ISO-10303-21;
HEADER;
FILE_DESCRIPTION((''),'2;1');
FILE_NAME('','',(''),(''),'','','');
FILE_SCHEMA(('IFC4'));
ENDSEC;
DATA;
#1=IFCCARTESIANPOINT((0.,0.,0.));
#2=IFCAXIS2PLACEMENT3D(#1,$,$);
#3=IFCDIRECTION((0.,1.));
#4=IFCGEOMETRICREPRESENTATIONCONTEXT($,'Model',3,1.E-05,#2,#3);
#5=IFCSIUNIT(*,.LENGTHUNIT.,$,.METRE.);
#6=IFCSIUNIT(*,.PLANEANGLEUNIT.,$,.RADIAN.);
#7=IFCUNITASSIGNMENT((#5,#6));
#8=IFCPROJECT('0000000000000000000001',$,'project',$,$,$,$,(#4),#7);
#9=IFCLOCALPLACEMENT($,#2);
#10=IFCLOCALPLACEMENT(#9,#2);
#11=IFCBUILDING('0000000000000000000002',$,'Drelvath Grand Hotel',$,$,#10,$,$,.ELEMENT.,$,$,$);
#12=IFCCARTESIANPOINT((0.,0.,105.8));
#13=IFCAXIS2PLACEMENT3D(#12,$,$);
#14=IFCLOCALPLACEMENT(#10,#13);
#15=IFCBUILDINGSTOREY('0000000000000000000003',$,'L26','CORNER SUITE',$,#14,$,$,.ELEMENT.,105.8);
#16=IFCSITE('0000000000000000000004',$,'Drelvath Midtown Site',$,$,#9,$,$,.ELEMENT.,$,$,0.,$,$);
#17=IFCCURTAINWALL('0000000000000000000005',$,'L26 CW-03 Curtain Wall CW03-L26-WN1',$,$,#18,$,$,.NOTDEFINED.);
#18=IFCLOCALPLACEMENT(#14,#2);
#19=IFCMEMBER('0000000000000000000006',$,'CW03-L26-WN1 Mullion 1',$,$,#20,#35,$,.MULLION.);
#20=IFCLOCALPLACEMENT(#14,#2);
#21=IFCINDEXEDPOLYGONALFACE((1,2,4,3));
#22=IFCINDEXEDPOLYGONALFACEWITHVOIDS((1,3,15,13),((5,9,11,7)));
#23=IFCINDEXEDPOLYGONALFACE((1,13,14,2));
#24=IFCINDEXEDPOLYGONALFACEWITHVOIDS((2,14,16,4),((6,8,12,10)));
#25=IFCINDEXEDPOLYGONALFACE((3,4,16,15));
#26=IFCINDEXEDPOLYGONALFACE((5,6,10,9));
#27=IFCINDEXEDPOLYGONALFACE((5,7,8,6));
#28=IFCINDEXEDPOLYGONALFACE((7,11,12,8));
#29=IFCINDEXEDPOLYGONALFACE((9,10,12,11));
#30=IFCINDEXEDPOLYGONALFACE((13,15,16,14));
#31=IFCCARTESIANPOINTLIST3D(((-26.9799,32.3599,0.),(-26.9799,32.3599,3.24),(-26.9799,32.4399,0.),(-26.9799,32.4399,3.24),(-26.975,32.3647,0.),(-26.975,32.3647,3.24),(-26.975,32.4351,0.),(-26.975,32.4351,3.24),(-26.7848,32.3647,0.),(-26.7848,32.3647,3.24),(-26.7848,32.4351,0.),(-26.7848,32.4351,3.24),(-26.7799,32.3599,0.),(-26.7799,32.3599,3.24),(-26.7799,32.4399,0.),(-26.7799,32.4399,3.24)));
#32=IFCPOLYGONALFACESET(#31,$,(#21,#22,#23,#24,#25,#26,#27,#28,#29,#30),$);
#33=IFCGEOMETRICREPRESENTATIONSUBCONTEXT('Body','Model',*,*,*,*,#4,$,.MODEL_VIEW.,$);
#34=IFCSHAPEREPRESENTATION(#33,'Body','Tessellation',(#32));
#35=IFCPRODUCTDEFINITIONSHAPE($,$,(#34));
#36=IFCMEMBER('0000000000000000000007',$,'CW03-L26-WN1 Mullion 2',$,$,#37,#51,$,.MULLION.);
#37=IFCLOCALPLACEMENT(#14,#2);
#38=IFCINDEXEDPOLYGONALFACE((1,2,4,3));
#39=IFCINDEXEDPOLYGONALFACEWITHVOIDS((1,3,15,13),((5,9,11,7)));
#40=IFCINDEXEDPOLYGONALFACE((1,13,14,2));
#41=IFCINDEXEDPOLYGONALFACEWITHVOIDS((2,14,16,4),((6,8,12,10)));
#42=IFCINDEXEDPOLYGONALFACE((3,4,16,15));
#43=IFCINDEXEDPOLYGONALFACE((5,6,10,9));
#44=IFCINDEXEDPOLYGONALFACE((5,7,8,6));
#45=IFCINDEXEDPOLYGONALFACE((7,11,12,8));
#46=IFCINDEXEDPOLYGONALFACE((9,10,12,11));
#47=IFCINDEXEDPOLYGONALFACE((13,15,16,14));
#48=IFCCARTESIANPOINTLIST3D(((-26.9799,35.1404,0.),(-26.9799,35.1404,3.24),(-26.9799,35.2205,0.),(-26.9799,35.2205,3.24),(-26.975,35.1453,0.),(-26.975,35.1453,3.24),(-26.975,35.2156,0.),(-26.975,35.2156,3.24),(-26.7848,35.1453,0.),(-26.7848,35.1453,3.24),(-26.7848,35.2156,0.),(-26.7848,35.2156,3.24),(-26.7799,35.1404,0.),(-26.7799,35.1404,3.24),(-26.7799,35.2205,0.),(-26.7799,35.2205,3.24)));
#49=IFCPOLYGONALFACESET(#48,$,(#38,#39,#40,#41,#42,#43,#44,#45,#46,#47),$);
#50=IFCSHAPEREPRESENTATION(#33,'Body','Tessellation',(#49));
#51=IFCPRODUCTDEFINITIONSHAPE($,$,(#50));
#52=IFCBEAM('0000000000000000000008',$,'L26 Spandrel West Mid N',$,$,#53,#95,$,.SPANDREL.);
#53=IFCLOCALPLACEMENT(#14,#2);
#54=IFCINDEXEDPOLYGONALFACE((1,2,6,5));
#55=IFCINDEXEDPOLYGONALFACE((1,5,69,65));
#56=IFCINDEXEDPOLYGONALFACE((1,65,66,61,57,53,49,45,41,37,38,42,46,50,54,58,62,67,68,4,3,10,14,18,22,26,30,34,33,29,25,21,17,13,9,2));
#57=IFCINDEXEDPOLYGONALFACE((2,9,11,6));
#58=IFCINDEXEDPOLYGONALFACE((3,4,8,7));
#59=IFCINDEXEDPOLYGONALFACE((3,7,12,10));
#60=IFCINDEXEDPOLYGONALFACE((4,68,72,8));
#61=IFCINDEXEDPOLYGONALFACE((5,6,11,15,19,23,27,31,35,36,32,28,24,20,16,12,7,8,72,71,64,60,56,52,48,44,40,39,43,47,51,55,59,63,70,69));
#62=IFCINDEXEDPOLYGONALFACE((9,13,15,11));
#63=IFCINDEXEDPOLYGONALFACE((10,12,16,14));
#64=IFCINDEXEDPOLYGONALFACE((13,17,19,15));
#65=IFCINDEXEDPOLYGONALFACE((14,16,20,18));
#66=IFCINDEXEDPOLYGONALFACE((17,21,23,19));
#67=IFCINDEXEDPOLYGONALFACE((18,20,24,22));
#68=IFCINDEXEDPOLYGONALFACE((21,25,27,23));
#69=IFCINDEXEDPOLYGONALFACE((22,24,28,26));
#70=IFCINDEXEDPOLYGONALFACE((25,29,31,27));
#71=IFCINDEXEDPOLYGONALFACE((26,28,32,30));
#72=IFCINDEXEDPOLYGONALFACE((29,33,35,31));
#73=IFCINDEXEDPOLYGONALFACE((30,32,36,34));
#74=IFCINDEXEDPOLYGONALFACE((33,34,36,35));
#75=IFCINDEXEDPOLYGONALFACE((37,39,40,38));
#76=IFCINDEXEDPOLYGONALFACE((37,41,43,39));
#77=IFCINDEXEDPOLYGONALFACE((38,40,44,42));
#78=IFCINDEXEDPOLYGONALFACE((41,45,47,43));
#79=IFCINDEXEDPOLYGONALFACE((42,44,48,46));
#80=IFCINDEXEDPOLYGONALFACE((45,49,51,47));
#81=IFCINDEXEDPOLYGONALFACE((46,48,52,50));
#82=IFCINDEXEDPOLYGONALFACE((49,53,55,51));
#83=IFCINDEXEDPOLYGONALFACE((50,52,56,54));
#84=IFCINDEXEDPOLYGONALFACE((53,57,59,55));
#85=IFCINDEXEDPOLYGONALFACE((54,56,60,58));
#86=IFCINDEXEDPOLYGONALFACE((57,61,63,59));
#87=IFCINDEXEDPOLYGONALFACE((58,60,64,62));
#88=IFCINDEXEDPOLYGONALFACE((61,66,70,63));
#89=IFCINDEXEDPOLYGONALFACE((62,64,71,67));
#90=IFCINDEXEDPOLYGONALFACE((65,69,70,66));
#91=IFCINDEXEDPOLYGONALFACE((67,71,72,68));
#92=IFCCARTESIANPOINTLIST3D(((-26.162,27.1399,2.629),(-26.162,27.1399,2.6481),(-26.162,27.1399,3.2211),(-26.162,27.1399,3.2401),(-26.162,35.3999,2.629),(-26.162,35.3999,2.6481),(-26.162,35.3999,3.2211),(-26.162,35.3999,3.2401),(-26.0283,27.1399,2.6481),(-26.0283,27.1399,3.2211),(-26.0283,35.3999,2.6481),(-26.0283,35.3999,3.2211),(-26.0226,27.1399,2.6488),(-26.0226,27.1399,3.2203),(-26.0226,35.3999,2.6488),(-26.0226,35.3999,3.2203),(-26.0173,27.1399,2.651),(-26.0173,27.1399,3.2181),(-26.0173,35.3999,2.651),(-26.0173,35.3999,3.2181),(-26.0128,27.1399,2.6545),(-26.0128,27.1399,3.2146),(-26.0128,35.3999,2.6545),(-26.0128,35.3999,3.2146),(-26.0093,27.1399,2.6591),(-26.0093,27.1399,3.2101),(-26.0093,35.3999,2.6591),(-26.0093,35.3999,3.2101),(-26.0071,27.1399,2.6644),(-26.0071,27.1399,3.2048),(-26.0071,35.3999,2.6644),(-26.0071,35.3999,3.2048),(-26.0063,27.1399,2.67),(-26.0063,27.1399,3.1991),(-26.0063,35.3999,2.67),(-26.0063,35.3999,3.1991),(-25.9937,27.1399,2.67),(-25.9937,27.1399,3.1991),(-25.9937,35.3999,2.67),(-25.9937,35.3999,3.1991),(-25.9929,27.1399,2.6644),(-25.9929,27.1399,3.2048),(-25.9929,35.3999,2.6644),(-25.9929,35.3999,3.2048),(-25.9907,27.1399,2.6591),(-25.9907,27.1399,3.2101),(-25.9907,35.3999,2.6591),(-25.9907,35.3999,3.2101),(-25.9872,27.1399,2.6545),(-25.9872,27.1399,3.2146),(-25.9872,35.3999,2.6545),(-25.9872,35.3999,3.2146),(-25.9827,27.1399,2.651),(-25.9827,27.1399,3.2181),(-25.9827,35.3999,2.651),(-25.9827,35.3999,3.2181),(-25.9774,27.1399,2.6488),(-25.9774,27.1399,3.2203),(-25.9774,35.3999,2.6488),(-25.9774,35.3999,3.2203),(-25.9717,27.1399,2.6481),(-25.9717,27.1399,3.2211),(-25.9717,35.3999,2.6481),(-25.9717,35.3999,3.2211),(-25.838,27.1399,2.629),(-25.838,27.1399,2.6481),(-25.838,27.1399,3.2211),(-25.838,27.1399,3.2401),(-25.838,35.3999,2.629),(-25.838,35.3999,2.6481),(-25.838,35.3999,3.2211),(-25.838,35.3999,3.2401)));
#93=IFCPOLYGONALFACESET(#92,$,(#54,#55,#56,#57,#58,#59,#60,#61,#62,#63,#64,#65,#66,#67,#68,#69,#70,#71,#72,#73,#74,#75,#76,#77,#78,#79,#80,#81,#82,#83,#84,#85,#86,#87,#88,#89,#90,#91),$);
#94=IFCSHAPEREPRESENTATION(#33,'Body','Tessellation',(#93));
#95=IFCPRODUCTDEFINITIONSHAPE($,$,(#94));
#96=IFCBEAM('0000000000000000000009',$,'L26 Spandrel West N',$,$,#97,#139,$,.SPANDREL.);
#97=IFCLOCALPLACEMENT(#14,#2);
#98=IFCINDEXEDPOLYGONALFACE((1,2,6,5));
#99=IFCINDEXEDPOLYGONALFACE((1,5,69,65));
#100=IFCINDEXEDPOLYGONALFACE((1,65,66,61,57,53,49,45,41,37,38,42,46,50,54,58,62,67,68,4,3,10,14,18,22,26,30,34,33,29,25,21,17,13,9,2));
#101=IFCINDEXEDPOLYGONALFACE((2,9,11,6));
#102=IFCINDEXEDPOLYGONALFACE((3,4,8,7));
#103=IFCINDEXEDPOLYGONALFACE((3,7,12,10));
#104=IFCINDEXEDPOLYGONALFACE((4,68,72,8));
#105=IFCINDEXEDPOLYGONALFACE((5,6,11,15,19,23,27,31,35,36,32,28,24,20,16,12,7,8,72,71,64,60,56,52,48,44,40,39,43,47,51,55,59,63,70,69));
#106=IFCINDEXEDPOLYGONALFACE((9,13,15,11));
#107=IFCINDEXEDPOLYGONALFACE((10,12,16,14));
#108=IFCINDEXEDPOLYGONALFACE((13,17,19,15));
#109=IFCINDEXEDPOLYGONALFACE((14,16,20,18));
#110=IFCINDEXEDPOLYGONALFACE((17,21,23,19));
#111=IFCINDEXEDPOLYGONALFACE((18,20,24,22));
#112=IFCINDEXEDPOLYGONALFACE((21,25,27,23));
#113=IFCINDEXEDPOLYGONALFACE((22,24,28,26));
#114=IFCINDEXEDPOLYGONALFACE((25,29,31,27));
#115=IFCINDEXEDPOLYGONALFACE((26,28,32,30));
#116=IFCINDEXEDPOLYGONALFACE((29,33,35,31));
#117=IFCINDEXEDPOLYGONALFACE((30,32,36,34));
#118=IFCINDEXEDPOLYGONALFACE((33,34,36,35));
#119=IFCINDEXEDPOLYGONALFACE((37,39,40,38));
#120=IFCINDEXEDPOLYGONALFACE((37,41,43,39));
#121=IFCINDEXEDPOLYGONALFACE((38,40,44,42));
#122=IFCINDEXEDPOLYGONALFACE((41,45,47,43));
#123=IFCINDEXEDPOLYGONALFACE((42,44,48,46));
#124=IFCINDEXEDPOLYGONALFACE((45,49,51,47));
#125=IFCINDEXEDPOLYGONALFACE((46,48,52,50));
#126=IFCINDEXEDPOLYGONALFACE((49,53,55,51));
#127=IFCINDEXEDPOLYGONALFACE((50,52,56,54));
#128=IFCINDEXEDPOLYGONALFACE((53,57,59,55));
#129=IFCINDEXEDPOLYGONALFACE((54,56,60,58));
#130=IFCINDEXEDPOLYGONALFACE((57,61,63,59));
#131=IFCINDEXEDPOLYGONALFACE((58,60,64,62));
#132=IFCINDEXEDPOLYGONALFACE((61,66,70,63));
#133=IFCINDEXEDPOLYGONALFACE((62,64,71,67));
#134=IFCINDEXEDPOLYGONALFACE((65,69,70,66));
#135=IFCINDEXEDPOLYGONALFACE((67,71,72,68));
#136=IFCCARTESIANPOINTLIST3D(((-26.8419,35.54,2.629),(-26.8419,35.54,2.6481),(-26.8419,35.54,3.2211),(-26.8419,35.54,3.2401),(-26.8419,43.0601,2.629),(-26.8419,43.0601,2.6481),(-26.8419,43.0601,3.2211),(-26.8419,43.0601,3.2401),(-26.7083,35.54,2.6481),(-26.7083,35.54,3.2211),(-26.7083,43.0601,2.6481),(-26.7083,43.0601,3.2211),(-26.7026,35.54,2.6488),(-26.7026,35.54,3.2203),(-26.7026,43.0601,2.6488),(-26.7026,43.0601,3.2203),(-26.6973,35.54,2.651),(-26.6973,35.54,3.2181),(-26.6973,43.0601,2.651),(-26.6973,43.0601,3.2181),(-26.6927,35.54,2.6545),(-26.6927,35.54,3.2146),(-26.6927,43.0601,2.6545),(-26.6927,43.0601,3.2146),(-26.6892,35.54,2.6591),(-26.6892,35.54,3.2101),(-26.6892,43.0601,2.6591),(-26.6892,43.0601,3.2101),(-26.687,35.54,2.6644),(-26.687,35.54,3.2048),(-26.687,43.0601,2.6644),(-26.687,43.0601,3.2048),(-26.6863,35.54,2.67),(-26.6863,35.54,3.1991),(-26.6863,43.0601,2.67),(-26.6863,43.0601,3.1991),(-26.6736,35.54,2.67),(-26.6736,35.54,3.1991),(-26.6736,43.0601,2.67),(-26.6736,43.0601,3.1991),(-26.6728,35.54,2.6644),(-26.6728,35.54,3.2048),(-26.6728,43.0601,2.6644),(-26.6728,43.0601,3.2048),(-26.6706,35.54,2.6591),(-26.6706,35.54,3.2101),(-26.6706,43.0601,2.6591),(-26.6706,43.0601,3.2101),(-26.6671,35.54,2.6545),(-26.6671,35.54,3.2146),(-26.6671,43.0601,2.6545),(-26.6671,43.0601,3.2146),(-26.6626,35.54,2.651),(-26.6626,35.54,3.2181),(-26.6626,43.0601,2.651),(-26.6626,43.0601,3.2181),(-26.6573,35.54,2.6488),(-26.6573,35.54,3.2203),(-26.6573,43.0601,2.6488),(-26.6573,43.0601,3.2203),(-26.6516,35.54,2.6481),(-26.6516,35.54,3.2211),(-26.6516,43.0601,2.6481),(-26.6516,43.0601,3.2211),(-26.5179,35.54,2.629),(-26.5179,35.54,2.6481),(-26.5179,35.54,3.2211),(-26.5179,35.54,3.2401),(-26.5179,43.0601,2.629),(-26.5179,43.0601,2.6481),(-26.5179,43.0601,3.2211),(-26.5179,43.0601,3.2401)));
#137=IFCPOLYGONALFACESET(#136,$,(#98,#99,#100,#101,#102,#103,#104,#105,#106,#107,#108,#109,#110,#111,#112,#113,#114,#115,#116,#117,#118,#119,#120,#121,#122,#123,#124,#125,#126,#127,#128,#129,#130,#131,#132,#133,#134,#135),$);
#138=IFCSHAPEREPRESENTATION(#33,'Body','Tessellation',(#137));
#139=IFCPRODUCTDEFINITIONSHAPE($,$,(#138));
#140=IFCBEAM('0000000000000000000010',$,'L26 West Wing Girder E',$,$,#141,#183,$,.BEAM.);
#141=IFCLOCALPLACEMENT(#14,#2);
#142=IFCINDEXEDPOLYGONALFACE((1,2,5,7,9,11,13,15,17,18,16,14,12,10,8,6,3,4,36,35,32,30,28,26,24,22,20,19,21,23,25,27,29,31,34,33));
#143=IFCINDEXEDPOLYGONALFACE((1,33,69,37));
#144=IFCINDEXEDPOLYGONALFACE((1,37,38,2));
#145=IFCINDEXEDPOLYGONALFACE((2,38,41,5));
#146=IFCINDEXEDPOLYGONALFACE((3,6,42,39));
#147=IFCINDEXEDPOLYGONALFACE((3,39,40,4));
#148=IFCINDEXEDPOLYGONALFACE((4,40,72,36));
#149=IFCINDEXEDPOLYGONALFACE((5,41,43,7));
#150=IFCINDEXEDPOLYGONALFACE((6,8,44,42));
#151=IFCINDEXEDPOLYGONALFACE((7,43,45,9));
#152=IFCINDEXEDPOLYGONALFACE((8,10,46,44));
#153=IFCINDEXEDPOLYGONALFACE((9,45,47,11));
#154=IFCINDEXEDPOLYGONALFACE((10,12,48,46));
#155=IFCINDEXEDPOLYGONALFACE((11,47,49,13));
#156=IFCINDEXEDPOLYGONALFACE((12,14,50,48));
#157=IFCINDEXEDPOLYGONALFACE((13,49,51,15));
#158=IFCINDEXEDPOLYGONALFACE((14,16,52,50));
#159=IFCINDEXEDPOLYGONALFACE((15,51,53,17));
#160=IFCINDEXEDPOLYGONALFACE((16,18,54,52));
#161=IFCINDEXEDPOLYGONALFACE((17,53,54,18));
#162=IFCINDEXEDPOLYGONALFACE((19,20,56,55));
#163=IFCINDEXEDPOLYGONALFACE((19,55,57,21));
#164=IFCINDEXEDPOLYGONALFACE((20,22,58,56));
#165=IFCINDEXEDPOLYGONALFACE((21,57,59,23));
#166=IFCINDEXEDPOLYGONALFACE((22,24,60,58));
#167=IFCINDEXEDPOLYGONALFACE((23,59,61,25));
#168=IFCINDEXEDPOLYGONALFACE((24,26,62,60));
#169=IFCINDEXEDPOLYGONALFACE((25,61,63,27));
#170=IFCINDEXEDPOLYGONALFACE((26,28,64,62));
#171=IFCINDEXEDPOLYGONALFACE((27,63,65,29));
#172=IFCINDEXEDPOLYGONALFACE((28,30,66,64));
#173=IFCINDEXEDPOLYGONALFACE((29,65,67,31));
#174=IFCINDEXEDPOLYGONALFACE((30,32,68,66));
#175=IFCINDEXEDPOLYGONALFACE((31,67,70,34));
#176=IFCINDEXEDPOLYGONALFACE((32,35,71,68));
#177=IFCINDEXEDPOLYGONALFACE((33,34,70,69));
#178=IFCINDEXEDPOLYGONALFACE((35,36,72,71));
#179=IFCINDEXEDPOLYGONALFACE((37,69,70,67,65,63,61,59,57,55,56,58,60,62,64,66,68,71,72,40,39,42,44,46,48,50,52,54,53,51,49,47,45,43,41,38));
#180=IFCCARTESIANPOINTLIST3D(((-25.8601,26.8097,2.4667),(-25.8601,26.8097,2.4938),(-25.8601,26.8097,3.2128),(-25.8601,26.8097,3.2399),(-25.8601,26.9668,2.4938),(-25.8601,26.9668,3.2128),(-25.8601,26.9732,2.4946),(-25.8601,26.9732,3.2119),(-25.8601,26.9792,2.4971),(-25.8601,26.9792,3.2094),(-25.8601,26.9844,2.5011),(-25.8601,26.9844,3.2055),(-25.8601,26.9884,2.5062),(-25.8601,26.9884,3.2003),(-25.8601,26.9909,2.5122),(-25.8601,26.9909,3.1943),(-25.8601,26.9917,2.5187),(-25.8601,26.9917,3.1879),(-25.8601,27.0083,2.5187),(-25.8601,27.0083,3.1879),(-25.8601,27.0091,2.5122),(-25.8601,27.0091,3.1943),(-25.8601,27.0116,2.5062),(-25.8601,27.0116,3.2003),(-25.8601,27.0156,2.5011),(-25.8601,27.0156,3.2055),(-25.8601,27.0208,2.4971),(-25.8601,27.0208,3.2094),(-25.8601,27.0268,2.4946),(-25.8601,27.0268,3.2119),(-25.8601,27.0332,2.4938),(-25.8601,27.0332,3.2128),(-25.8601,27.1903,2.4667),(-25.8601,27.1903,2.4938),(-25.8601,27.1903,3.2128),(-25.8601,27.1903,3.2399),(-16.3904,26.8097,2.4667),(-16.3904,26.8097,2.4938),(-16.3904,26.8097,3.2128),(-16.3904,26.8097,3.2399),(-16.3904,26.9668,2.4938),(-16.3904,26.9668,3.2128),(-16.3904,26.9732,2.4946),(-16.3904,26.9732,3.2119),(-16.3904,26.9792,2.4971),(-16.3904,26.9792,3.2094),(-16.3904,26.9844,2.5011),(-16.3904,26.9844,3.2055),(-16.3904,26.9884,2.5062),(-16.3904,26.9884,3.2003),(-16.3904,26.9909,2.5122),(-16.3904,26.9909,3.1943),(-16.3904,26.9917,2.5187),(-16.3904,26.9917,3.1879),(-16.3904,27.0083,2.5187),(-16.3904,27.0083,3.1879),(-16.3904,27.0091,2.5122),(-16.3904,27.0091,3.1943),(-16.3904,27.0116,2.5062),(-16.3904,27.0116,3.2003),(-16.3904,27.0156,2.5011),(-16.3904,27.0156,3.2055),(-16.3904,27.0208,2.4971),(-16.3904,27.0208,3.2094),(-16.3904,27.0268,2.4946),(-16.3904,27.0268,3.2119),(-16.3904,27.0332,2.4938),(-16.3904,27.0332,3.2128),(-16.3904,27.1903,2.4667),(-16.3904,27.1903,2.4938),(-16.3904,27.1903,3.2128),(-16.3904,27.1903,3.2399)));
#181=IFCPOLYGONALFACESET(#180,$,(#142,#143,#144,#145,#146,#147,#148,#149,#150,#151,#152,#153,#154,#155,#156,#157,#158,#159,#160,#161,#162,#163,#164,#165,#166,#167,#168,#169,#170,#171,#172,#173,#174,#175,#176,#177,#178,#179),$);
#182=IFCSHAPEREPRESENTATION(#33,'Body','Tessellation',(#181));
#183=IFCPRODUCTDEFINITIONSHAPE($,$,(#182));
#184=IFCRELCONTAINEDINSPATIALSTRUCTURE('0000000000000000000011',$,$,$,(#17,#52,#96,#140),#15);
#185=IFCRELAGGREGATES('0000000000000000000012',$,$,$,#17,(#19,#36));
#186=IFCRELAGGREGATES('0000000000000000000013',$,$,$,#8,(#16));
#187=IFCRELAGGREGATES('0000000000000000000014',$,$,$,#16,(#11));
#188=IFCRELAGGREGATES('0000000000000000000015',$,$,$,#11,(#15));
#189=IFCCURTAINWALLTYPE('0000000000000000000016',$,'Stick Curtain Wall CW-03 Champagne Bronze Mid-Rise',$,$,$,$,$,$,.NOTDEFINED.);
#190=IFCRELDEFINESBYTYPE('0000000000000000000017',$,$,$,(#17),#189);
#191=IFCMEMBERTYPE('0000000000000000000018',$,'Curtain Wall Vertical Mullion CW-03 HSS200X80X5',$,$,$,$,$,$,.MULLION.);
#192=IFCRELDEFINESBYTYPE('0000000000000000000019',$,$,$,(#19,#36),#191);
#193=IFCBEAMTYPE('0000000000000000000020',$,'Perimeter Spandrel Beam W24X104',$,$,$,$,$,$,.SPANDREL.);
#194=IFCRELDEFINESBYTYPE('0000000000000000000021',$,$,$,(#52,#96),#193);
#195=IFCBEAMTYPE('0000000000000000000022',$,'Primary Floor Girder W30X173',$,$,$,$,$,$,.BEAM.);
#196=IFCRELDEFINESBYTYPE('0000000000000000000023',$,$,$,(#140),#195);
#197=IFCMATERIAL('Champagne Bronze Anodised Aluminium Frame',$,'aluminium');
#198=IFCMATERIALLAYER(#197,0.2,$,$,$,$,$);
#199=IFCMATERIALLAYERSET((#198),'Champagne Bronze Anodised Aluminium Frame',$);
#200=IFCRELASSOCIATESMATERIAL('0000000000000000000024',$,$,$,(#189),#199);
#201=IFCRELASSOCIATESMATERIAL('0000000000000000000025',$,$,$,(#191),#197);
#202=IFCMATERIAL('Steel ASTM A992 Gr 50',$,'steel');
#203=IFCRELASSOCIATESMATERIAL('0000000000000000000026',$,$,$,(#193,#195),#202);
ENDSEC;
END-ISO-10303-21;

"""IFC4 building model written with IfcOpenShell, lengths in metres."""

from ifc_helpers import new_model, si_unit, direction, frame, origin, origin_2d, place, context, subcontext, project, spatial, hollow_rectangle, i_section, extrude, material, layer, layer_set, material_profile, profile_set, type_object, element, aggregate, save


model = new_model("IFC4")

# Units and contexts
model_context = context("Model", 3, precision=1e-05, world=origin(), true_north=direction((0.0, 1.0)))
body_context = subcontext(model_context, "Body", "Model", "MODEL_VIEW")
ifc_project = project(units=[si_unit("LENGTHUNIT", "METRE"), si_unit("PLANEANGLEUNIT", "RADIAN")], contexts=[model_context])

# Site, building, storey
site_placement = place(None, origin())
site = spatial("IfcSite", under=ifc_project, at=site_placement, Name="Drelvath Midtown Site", CompositionType="ELEMENT", RefElevation=0.0)
building_placement = place(site_placement, origin())
building = spatial("IfcBuilding", under=site, at=building_placement, Name="Drelvath Grand Hotel", CompositionType="ELEMENT")
storey_placement = place(building_placement, frame((0.0, 0.0, 105.8)))
storey = spatial("IfcBuildingStorey", under=building, at=storey_placement, Name="L26", Description="CORNER SUITE", CompositionType="ELEMENT", Elevation=105.8)

# Curtain wall
ifc_material_1 = material(Name="Champagne Bronze Anodised Aluminium Frame", Category="aluminium")
ifc_layer_1 = layer(ifc_material_1, 0.2)
ifc_layer_set_1 = layer_set([ifc_layer_1], Name="Champagne Bronze Anodised Aluminium Frame")
curtain_wall_type = type_object("IfcCurtainWallType", Name="Stick Curtain Wall CW-03 Champagne Bronze Mid-Rise", PredefinedType="NOTDEFINED", material=ifc_layer_set_1)
curtain_wall_1_placement = place(storey_placement, origin())
curtain_wall_1 = element("IfcCurtainWall", 1, at=curtain_wall_1_placement, inside=storey, type_object=curtain_wall_type, Name="L26 CW-03 Curtain Wall CW03-L26-WN1", PredefinedType="NOTDEFINED")
ifc_material_profile_1 = material_profile(ifc_material_1, hollow_rectangle(XDim=0.0801, YDim=0.2, WallThickness=0.0049, at=origin_2d()), Name="HSS200X80X5")
ifc_profile_set_1 = profile_set([ifc_material_profile_1], Name="Champagne Bronze Anodised Aluminium Frame")
member_type_1 = type_object("IfcMemberType", Name="Curtain Wall Vertical Mullion CW-03 HSS200X80X5", PredefinedType="MULLION", material=ifc_profile_set_1)

# Members
member_1_placement = place(storey_placement, frame((-26.8799, 32.3999, 0.0), z_axis=(0.0, 0.0, 1.0), x_axis=(0.0, 1.0, 0.0)))
member_1 = element("IfcMember", 2, at=member_1_placement, type_object=member_type_1, Name="CW03-L26-WN1 Mullion 1", PredefinedType="MULLION", context=body_context, shape_type="SweptSolid", body=[
    extrude(hollow_rectangle(XDim=0.0801, YDim=0.2, WallThickness=0.0049, at=origin_2d()), origin(), (0.0, 0.0, 1.0), 3.24),
])
member_2_placement = place(storey_placement, frame((-26.8799, 35.1804, 0.0), z_axis=(0.0, 0.0, 1.0), x_axis=(0.0, 1.0, 0.0)))
member_2 = element("IfcMember", 3, at=member_2_placement, type_object=member_type_1, Name="CW03-L26-WN1 Mullion 2", PredefinedType="MULLION", context=body_context, shape_type="SweptSolid", body=[
    extrude(hollow_rectangle(XDim=0.0801, YDim=0.2, WallThickness=0.0049, at=origin_2d()), origin(), (0.0, 0.0, 1.0), 3.24),
])

# Beams
ifc_material_2 = material(Name="Steel ASTM A992 Gr 50", Category="steel")
ifc_material_profile_2 = material_profile(ifc_material_2, i_section(OverallWidth=0.324, OverallDepth=0.6111, WebThickness=0.0127, FlangeThickness=0.019, FilletRadius=0.022, at=origin_2d()), Name="W24X104")
ifc_profile_set_2 = profile_set([ifc_material_profile_2], Name="Steel ASTM A992 Gr 50")
beam_type_1 = type_object("IfcBeamType", Name="Perimeter Spandrel Beam W24X104", PredefinedType="SPANDREL", material=ifc_profile_set_2)
beam_1_placement = place(storey_placement, frame((-26.0, 27.1399, 2.9346), z_axis=(0.0, 1.0, 0.0), x_axis=(-1.0, 0.0, 0.0)))
element("IfcBeam", 4, at=beam_1_placement, inside=storey, type_object=beam_type_1, Name="L26 Spandrel West Mid N", PredefinedType="SPANDREL", context=body_context, shape_type="SweptSolid", body=[
    extrude(i_section(OverallWidth=0.324, OverallDepth=0.6111, WebThickness=0.0127, FlangeThickness=0.019, FilletRadius=0.022, at=origin_2d()), origin(), (0.0, 0.0, 1.0), 8.26),
])
beam_2_placement = place(storey_placement, frame((-26.6799, 35.54, 2.9346), z_axis=(0.0, 1.0, 0.0), x_axis=(-1.0, 0.0, 0.0)))
element("IfcBeam", 5, at=beam_2_placement, inside=storey, type_object=beam_type_1, Name="L26 Spandrel West N", PredefinedType="SPANDREL", context=body_context, shape_type="SweptSolid", body=[
    extrude(i_section(OverallWidth=0.324, OverallDepth=0.6111, WebThickness=0.0127, FlangeThickness=0.019, FilletRadius=0.022, at=origin_2d()), origin(), (0.0, 0.0, 1.0), 7.52),
])
ifc_material_profile_3 = material_profile(ifc_material_2, i_section(OverallWidth=0.3806, OverallDepth=0.7732, WebThickness=0.0166, FlangeThickness=0.0271, FilletRadius=0.0249, at=origin_2d()), Name="W30X173")
ifc_profile_set_3 = profile_set([ifc_material_profile_3], Name="Steel ASTM A992 Gr 50")
beam_type_2 = type_object("IfcBeamType", Name="Primary Floor Girder W30X173", PredefinedType="BEAM", material=ifc_profile_set_3)
beam_3_placement = place(storey_placement, frame((-25.8601, 27.0, 2.8533), z_axis=(1.0, 0.0, 0.0), x_axis=(0.0, 1.0, 0.0)))
element("IfcBeam", 6, at=beam_3_placement, inside=storey, type_object=beam_type_2, Name="L26 West Wing Girder E", PredefinedType="BEAM", context=body_context, shape_type="SweptSolid", body=[
    extrude(i_section(OverallWidth=0.3806, OverallDepth=0.7732, WebThickness=0.0166, FlangeThickness=0.0271, FilletRadius=0.0249, at=origin_2d()), origin(), (0.0, 0.0, 1.0), 9.4697),
])

aggregate(curtain_wall_1, [member_1, member_2])

save(model, "model.ifc")
